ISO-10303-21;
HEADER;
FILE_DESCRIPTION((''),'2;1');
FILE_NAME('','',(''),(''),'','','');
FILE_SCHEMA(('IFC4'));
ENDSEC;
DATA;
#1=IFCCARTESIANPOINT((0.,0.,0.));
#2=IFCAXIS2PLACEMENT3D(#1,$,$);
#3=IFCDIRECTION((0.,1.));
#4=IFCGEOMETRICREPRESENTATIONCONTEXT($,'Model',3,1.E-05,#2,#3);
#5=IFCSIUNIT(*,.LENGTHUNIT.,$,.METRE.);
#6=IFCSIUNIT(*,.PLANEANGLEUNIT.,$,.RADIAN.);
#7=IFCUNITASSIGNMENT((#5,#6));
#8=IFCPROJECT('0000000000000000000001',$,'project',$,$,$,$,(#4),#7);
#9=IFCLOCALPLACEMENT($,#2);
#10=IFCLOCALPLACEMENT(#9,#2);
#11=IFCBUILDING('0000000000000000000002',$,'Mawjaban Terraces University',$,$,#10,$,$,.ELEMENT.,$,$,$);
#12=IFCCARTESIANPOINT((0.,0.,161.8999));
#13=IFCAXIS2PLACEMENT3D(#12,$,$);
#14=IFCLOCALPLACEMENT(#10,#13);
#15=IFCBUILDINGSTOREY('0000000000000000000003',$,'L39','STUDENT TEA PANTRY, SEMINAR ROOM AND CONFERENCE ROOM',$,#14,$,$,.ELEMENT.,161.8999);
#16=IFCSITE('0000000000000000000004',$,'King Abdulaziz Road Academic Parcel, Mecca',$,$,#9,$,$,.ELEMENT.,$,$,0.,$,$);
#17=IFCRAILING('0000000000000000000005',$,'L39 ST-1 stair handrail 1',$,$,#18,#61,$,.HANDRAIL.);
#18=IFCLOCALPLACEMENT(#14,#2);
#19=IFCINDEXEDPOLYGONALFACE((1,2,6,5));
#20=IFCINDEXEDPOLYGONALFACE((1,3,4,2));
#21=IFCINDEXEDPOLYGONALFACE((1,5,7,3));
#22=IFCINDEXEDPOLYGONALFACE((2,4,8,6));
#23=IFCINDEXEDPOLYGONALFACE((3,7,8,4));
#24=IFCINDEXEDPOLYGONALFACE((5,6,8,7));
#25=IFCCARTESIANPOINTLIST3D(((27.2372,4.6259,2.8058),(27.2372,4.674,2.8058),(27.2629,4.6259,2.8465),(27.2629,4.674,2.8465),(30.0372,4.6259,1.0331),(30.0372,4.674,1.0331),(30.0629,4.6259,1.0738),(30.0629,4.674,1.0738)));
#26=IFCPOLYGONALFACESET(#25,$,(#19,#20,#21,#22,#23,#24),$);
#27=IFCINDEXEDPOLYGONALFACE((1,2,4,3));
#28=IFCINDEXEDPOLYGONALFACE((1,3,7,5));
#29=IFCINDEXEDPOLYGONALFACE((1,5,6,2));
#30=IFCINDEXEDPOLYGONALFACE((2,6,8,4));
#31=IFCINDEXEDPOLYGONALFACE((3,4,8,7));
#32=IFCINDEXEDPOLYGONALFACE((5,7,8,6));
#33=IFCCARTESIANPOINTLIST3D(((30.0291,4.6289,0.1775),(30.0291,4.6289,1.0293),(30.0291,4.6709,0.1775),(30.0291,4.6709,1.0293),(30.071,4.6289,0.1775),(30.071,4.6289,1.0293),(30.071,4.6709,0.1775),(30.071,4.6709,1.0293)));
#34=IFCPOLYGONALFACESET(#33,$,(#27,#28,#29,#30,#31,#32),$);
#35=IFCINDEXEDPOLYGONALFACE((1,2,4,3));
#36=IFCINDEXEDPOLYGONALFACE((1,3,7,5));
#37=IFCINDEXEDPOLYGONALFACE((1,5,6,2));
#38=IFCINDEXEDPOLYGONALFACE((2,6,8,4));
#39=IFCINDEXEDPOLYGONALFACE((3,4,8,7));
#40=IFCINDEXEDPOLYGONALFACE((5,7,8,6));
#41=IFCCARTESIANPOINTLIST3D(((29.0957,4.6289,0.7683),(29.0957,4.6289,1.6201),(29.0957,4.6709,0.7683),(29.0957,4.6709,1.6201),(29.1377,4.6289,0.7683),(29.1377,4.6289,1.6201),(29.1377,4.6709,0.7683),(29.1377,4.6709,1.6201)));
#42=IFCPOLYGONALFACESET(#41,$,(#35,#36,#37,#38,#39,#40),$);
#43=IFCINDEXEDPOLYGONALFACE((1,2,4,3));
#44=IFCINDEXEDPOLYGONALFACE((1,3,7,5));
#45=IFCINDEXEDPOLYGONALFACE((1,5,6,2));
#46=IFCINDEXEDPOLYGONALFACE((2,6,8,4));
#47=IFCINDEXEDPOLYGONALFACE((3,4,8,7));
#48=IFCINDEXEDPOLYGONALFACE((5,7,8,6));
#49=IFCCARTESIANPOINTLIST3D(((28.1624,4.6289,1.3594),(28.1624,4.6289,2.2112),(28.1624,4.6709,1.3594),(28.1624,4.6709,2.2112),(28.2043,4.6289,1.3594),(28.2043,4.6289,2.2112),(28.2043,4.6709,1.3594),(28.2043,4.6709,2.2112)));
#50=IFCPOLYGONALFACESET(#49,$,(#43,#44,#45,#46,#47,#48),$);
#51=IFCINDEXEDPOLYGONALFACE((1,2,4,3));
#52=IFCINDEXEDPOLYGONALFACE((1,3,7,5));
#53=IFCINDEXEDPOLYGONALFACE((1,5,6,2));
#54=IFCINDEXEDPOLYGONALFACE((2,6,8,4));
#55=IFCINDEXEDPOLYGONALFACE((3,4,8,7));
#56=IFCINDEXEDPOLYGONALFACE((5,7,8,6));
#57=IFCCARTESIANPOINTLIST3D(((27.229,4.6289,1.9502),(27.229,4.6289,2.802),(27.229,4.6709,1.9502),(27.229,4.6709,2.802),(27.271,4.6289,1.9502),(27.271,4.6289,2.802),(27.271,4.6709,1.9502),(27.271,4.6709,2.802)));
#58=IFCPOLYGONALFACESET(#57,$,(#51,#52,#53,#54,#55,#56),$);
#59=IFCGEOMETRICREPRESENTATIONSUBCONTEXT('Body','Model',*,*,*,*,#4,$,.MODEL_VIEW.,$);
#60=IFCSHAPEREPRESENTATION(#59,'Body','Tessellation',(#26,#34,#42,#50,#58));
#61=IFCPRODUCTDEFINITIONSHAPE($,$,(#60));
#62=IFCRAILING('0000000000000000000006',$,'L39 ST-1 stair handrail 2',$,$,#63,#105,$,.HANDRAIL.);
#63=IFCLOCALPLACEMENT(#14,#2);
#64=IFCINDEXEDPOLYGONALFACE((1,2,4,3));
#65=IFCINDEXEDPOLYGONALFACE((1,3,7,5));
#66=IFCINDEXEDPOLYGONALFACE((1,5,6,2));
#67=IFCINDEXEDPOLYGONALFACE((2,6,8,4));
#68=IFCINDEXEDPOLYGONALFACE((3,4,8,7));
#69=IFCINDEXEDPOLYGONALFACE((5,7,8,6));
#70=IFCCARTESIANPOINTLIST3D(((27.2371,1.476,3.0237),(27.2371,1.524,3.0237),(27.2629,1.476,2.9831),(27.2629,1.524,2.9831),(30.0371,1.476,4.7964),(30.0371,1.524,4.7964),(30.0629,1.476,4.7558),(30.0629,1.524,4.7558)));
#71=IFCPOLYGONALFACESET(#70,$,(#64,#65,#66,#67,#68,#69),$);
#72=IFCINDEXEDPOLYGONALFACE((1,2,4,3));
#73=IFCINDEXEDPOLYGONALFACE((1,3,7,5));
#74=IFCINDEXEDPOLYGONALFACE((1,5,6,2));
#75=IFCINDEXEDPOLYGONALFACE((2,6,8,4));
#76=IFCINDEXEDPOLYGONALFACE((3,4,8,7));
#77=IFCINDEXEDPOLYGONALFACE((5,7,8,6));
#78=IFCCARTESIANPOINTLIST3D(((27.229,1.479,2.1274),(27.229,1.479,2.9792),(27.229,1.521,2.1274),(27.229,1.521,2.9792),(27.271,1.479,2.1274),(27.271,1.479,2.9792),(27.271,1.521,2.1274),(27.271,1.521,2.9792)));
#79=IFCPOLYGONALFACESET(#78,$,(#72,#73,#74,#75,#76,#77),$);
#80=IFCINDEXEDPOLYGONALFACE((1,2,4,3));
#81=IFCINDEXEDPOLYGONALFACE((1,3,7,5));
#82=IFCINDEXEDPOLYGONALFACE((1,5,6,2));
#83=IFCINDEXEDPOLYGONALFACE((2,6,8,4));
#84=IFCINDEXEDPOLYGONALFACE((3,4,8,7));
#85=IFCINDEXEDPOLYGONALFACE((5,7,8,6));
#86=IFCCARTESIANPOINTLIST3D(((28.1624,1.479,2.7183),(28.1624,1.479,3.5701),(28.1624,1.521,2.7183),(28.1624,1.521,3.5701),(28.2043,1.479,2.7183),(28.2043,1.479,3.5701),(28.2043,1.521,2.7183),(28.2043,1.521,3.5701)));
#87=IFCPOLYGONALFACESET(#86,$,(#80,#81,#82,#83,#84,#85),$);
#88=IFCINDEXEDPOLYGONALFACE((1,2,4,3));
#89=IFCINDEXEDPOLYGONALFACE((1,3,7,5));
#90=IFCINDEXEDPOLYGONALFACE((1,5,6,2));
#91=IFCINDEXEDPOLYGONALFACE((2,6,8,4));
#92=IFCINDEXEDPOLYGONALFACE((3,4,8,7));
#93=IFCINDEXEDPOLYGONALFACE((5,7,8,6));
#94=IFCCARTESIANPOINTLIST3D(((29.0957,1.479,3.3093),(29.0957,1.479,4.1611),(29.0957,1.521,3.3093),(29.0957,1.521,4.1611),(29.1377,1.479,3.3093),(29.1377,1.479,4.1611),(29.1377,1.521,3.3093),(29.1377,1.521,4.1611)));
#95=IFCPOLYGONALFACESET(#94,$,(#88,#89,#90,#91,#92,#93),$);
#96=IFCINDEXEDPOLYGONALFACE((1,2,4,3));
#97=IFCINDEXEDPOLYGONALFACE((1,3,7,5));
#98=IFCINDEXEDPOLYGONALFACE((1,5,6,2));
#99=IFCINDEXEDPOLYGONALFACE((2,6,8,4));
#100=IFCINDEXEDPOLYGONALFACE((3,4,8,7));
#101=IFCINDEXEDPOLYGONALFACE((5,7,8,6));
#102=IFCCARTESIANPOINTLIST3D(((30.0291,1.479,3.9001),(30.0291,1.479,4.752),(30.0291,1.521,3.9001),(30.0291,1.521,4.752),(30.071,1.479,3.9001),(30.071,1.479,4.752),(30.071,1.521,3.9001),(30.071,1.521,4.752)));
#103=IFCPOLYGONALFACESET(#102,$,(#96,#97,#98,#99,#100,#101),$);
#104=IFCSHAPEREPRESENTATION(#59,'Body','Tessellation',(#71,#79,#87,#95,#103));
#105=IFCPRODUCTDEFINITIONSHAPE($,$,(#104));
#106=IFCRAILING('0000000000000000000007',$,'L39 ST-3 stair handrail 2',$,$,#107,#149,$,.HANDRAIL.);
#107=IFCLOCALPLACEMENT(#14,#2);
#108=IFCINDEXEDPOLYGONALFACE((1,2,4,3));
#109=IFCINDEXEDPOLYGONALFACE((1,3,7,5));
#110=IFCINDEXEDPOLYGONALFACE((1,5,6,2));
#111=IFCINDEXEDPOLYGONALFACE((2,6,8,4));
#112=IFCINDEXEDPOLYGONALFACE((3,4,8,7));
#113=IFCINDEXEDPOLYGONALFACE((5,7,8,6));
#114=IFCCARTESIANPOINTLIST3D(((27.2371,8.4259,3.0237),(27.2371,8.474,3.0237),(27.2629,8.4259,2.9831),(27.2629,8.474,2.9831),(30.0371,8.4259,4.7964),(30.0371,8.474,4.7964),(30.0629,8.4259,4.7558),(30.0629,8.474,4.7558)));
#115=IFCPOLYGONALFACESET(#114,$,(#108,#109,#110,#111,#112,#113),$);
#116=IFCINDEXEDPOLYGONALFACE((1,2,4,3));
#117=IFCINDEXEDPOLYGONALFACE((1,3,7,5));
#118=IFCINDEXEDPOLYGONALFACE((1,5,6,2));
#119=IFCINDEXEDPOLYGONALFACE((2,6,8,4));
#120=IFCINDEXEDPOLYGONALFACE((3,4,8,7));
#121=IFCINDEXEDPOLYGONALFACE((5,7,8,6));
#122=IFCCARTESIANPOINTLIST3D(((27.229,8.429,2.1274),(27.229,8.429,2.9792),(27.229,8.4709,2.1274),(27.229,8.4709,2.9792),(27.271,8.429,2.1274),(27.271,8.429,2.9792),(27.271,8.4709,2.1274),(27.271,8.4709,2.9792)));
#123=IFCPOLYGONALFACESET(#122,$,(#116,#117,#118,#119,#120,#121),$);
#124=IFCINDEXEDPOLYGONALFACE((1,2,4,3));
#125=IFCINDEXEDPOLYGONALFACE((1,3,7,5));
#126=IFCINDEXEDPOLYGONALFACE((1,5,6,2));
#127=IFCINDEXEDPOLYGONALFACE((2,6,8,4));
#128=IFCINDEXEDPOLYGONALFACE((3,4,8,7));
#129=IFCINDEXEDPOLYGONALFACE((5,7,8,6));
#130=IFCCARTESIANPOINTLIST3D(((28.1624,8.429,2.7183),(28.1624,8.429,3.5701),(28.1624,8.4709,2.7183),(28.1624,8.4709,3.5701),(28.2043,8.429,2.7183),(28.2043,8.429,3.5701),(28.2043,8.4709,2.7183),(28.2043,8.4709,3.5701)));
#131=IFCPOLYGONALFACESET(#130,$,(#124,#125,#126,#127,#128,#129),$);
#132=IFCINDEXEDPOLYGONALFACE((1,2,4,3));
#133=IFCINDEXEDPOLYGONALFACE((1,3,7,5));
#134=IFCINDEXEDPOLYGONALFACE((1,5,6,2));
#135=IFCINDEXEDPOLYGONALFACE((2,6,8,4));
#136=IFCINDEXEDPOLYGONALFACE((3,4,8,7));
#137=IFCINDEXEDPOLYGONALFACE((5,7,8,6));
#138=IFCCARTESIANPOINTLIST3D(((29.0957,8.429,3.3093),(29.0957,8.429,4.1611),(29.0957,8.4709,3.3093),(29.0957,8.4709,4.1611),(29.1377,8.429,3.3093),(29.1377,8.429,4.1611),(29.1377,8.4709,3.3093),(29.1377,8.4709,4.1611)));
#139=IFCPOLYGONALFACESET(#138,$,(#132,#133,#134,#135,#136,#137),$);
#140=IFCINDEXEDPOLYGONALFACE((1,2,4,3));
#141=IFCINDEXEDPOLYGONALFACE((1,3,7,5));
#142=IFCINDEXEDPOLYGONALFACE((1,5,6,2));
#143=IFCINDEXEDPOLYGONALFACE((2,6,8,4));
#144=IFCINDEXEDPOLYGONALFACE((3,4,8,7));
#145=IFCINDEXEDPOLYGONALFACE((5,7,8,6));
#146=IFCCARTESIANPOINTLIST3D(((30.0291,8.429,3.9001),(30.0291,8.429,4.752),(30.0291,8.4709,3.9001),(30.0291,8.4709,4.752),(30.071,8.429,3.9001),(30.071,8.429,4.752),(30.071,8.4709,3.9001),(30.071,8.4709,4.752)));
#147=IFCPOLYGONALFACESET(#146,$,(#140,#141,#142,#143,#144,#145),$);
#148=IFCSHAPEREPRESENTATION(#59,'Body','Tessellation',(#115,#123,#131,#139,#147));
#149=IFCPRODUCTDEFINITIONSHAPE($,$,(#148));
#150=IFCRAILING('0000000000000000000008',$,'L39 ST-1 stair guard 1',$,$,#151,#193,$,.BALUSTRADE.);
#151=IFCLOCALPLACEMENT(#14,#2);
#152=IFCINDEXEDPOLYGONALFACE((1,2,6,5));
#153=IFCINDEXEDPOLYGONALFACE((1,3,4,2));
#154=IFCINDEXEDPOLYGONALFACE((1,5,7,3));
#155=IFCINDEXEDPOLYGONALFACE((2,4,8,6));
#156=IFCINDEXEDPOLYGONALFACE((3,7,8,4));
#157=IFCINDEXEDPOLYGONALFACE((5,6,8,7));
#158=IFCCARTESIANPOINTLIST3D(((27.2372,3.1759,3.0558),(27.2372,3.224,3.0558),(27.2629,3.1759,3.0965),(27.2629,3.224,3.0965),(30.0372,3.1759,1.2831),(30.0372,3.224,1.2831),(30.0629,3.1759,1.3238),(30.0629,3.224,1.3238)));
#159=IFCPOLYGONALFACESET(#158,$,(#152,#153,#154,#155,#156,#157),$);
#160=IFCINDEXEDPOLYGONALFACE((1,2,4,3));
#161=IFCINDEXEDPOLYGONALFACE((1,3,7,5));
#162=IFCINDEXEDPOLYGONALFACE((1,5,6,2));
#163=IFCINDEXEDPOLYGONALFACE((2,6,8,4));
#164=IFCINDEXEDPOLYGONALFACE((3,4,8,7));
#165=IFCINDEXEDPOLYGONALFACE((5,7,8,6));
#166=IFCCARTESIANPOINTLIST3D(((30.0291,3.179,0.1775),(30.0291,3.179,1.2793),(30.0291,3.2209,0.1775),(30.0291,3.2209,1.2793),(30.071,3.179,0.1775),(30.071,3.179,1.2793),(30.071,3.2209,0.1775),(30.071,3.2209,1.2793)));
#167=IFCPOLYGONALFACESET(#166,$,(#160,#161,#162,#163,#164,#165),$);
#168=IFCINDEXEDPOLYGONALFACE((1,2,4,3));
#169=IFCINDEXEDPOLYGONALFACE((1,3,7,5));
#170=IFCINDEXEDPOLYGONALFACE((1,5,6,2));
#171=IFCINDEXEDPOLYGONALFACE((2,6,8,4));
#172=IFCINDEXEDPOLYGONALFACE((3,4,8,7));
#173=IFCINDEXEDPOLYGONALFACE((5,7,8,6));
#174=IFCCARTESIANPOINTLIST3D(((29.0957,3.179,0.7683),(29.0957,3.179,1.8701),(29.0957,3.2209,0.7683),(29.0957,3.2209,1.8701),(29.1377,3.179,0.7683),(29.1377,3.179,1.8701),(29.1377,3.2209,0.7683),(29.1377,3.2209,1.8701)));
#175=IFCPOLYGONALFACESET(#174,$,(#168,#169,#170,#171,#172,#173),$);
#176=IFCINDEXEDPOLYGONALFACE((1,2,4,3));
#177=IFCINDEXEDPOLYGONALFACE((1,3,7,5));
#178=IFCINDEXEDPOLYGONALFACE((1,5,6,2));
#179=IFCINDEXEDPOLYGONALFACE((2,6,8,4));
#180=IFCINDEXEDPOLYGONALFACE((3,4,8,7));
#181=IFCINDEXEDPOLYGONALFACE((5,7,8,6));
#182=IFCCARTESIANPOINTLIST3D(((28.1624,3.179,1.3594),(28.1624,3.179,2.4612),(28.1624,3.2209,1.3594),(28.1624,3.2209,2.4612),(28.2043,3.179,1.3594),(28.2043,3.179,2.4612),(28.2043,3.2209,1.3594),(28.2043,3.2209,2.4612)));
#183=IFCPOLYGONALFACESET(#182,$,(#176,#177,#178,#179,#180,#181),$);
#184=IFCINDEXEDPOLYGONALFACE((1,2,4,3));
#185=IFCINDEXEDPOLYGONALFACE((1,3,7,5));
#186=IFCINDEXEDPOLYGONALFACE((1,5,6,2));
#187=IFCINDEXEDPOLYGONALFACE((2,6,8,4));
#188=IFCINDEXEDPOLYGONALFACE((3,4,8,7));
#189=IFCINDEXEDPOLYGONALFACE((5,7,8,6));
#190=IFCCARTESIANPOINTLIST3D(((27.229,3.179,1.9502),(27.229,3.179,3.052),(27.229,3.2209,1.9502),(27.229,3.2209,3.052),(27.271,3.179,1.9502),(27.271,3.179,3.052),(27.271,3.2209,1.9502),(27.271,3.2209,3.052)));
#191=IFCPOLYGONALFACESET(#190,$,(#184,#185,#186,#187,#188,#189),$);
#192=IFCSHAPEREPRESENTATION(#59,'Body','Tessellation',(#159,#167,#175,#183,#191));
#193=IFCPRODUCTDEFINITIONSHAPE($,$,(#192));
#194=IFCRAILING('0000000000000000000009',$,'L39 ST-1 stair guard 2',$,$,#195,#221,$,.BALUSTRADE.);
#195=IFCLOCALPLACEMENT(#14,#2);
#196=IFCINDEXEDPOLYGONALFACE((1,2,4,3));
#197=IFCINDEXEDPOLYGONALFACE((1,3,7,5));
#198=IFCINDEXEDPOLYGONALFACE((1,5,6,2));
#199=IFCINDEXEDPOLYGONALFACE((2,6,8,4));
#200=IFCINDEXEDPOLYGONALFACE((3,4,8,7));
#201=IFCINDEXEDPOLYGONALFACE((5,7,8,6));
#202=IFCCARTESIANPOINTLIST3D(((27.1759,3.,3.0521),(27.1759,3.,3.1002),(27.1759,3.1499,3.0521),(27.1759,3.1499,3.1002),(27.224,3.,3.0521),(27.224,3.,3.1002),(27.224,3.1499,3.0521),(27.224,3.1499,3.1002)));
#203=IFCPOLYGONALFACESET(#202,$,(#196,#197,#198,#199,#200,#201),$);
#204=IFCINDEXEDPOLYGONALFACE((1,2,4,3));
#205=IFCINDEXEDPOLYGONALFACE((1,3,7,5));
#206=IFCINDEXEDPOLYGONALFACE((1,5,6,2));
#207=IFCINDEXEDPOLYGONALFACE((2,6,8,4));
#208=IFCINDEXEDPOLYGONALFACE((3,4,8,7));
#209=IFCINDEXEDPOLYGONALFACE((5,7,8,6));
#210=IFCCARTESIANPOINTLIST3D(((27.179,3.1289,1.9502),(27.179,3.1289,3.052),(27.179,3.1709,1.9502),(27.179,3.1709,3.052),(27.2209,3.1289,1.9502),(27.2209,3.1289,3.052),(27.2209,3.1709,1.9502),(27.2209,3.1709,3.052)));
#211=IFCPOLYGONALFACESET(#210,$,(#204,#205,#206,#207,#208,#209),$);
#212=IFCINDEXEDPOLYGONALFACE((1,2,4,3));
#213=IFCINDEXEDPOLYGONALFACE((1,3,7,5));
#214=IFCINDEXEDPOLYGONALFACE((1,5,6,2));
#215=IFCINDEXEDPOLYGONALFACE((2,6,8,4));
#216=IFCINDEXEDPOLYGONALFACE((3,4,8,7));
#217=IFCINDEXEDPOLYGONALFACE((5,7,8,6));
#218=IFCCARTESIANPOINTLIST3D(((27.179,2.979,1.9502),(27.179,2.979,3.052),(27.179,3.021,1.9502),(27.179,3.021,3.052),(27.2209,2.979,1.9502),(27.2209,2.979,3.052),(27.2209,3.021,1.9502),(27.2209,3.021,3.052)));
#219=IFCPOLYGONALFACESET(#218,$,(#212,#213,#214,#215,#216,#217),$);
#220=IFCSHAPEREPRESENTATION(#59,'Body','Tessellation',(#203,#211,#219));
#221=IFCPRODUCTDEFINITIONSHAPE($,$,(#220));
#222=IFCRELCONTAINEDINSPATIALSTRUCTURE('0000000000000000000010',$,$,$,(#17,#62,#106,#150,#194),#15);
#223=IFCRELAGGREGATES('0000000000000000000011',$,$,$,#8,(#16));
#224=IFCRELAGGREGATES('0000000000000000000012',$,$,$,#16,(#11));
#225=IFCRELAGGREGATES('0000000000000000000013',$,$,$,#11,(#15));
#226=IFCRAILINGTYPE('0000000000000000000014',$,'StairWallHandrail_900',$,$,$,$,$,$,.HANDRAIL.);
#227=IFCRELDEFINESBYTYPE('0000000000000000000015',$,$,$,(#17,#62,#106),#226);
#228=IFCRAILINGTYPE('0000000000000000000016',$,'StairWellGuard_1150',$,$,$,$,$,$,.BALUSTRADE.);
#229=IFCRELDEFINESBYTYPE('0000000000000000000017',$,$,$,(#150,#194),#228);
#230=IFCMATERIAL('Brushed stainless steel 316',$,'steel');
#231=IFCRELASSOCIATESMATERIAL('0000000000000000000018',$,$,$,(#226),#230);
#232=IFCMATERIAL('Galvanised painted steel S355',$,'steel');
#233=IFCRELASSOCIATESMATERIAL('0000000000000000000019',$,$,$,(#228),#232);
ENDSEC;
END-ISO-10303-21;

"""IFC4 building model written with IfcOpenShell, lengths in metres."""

from ifc_helpers import new_model, si_unit, direction, frame, origin, origin_2d, place, context, subcontext, project, spatial, rectangle, extrude, material, type_object, element, save


model = new_model("IFC4")

# Units and contexts
model_context = context("Model", 3, precision=1e-05, world=origin(), true_north=direction((0.0, 1.0)))
body_context = subcontext(model_context, "Body", "Model", "MODEL_VIEW")
ifc_project = project(units=[si_unit("LENGTHUNIT", "METRE"), si_unit("PLANEANGLEUNIT", "RADIAN")], contexts=[model_context])

# Site, building, storey
site_placement = place(None, origin())
site = spatial("IfcSite", under=ifc_project, at=site_placement, Name="King Abdulaziz Road Academic Parcel, Mecca", CompositionType="ELEMENT", RefElevation=0.0)
building_placement = place(site_placement, origin())
building = spatial("IfcBuilding", under=site, at=building_placement, Name="Mawjaban Terraces University", CompositionType="ELEMENT")
storey_placement = place(building_placement, frame((0.0, 0.0, 161.8999)))
storey = spatial("IfcBuildingStorey", under=building, at=storey_placement, Name="L39", Description="STUDENT TEA PANTRY, SEMINAR ROOM AND CONFERENCE ROOM", CompositionType="ELEMENT", Elevation=161.8999)

# Railings
ifc_material_1 = material(Name="Brushed stainless steel 316", Category="steel")
railing_type_1 = type_object("IfcRailingType", Name="StairWallHandrail_900", PredefinedType="HANDRAIL", material=ifc_material_1)
railing_1_placement = place(storey_placement, frame((30.05, 4.6499, 0.1775)))
element("IfcRailing", 1, at=railing_1_placement, inside=storey, type_object=railing_type_1, Name="L39 ST-1 stair handrail 1", PredefinedType="HANDRAIL", context=body_context, shape_type="SweptSolid", body=[
    extrude(rectangle(XDim=0.0481, YDim=0.0481, at=origin_2d()), frame((0.0, 0.0, 0.876), z_axis=(-0.844909, 0.0, 0.53491), x_axis=(0.0, -1.0, 0.0)), (0.0, 0.0, 1.0), 3.314),
    extrude(rectangle(XDim=0.042, YDim=0.042, at=origin_2d()), origin(), (0.0, 0.0, 1.0), 0.8518),
    extrude(rectangle(XDim=0.042, YDim=0.042, at=origin_2d()), frame((-0.9333, 0.0, 0.5908)), (0.0, 0.0, 1.0), 0.8518),
    extrude(rectangle(XDim=0.042, YDim=0.042, at=origin_2d()), frame((-1.8667, 0.0, 1.1819)), (0.0, 0.0, 1.0), 0.8518),
    extrude(rectangle(XDim=0.042, YDim=0.042, at=origin_2d()), frame((-2.8, 0.0, 1.7727)), (0.0, 0.0, 1.0), 0.8518),
])
for number, where, name in (
    (2, (27.25, 1.5, 2.1274), "L39 ST-1 stair handrail 2"),
    (3, (27.25, 8.45, 2.1274), "L39 ST-3 stair handrail 2"),
):
    element("IfcRailing", number, at=place(storey_placement, frame(where)), inside=storey, type_object=railing_type_1, Name=name, PredefinedType="HANDRAIL", context=body_context, shape_type="SweptSolid", body=[
        extrude(rectangle(XDim=0.0481, YDim=0.0481, at=origin_2d()), frame((0.0, 0.0, 0.876), z_axis=(0.844909, 0.0, 0.53491), x_axis=(0.0, 1.0, 0.0)), (0.0, 0.0, 1.0), 3.314),
        extrude(rectangle(XDim=0.042, YDim=0.042, at=origin_2d()), origin(), (0.0, 0.0, 1.0), 0.8518),
        extrude(rectangle(XDim=0.042, YDim=0.042, at=origin_2d()), frame((0.9333, 0.0, 0.5908)), (0.0, 0.0, 1.0), 0.8518),
        extrude(rectangle(XDim=0.042, YDim=0.042, at=origin_2d()), frame((1.8667, 0.0, 1.1819)), (0.0, 0.0, 1.0), 0.8518),
        extrude(rectangle(XDim=0.042, YDim=0.042, at=origin_2d()), frame((2.8, 0.0, 1.7727)), (0.0, 0.0, 1.0), 0.8518),
    ])
ifc_material_2 = material(Name="Galvanised painted steel S355", Category="steel")
railing_type_2 = type_object("IfcRailingType", Name="StairWellGuard_1150", PredefinedType="BALUSTRADE", material=ifc_material_2)
railing_2_placement = place(storey_placement, frame((30.05, 3.2, 0.1775)))
element("IfcRailing", 4, at=railing_2_placement, inside=storey, type_object=railing_type_2, Name="L39 ST-1 stair guard 1", PredefinedType="BALUSTRADE", context=body_context, shape_type="SweptSolid", body=[
    extrude(rectangle(XDim=0.0481, YDim=0.0481, at=origin_2d()), frame((0.0, 0.0, 1.126), z_axis=(-0.844909, 0.0, 0.53491), x_axis=(0.0, -1.0, 0.0)), (0.0, 0.0, 1.0), 3.314),
    extrude(rectangle(XDim=0.042, YDim=0.042, at=origin_2d()), origin(), (0.0, 0.0, 1.0), 1.1018),
    extrude(rectangle(XDim=0.042, YDim=0.042, at=origin_2d()), frame((-0.9333, 0.0, 0.5908)), (0.0, 0.0, 1.0), 1.1018),
    extrude(rectangle(XDim=0.042, YDim=0.042, at=origin_2d()), frame((-1.8667, 0.0, 1.1819)), (0.0, 0.0, 1.0), 1.1018),
    extrude(rectangle(XDim=0.042, YDim=0.042, at=origin_2d()), frame((-2.8, 0.0, 1.7727)), (0.0, 0.0, 1.0), 1.1018),
])
railing_3_placement = place(storey_placement, frame((27.2, 3.1499, 1.9502)))
element("IfcRailing", 5, at=railing_3_placement, inside=storey, type_object=railing_type_2, Name="L39 ST-1 stair guard 2", PredefinedType="BALUSTRADE", context=body_context, shape_type="SweptSolid", body=[
    extrude(rectangle(XDim=0.0481, YDim=0.0481, at=origin_2d()), frame((0.0, 0.0, 1.126), z_axis=(0.0, -1.0, 0.0), x_axis=(1.0, 0.0, 0.0)), (0.0, 0.0, 1.0), 0.1499),
    extrude(rectangle(XDim=0.042, YDim=0.042, at=origin_2d()), origin(), (0.0, 0.0, 1.0), 1.1018),
    extrude(rectangle(XDim=0.042, YDim=0.042, at=origin_2d()), frame((0.0, -0.1499, 0.0)), (0.0, 0.0, 1.0), 1.1018),
])

save(model, "model.ifc")
